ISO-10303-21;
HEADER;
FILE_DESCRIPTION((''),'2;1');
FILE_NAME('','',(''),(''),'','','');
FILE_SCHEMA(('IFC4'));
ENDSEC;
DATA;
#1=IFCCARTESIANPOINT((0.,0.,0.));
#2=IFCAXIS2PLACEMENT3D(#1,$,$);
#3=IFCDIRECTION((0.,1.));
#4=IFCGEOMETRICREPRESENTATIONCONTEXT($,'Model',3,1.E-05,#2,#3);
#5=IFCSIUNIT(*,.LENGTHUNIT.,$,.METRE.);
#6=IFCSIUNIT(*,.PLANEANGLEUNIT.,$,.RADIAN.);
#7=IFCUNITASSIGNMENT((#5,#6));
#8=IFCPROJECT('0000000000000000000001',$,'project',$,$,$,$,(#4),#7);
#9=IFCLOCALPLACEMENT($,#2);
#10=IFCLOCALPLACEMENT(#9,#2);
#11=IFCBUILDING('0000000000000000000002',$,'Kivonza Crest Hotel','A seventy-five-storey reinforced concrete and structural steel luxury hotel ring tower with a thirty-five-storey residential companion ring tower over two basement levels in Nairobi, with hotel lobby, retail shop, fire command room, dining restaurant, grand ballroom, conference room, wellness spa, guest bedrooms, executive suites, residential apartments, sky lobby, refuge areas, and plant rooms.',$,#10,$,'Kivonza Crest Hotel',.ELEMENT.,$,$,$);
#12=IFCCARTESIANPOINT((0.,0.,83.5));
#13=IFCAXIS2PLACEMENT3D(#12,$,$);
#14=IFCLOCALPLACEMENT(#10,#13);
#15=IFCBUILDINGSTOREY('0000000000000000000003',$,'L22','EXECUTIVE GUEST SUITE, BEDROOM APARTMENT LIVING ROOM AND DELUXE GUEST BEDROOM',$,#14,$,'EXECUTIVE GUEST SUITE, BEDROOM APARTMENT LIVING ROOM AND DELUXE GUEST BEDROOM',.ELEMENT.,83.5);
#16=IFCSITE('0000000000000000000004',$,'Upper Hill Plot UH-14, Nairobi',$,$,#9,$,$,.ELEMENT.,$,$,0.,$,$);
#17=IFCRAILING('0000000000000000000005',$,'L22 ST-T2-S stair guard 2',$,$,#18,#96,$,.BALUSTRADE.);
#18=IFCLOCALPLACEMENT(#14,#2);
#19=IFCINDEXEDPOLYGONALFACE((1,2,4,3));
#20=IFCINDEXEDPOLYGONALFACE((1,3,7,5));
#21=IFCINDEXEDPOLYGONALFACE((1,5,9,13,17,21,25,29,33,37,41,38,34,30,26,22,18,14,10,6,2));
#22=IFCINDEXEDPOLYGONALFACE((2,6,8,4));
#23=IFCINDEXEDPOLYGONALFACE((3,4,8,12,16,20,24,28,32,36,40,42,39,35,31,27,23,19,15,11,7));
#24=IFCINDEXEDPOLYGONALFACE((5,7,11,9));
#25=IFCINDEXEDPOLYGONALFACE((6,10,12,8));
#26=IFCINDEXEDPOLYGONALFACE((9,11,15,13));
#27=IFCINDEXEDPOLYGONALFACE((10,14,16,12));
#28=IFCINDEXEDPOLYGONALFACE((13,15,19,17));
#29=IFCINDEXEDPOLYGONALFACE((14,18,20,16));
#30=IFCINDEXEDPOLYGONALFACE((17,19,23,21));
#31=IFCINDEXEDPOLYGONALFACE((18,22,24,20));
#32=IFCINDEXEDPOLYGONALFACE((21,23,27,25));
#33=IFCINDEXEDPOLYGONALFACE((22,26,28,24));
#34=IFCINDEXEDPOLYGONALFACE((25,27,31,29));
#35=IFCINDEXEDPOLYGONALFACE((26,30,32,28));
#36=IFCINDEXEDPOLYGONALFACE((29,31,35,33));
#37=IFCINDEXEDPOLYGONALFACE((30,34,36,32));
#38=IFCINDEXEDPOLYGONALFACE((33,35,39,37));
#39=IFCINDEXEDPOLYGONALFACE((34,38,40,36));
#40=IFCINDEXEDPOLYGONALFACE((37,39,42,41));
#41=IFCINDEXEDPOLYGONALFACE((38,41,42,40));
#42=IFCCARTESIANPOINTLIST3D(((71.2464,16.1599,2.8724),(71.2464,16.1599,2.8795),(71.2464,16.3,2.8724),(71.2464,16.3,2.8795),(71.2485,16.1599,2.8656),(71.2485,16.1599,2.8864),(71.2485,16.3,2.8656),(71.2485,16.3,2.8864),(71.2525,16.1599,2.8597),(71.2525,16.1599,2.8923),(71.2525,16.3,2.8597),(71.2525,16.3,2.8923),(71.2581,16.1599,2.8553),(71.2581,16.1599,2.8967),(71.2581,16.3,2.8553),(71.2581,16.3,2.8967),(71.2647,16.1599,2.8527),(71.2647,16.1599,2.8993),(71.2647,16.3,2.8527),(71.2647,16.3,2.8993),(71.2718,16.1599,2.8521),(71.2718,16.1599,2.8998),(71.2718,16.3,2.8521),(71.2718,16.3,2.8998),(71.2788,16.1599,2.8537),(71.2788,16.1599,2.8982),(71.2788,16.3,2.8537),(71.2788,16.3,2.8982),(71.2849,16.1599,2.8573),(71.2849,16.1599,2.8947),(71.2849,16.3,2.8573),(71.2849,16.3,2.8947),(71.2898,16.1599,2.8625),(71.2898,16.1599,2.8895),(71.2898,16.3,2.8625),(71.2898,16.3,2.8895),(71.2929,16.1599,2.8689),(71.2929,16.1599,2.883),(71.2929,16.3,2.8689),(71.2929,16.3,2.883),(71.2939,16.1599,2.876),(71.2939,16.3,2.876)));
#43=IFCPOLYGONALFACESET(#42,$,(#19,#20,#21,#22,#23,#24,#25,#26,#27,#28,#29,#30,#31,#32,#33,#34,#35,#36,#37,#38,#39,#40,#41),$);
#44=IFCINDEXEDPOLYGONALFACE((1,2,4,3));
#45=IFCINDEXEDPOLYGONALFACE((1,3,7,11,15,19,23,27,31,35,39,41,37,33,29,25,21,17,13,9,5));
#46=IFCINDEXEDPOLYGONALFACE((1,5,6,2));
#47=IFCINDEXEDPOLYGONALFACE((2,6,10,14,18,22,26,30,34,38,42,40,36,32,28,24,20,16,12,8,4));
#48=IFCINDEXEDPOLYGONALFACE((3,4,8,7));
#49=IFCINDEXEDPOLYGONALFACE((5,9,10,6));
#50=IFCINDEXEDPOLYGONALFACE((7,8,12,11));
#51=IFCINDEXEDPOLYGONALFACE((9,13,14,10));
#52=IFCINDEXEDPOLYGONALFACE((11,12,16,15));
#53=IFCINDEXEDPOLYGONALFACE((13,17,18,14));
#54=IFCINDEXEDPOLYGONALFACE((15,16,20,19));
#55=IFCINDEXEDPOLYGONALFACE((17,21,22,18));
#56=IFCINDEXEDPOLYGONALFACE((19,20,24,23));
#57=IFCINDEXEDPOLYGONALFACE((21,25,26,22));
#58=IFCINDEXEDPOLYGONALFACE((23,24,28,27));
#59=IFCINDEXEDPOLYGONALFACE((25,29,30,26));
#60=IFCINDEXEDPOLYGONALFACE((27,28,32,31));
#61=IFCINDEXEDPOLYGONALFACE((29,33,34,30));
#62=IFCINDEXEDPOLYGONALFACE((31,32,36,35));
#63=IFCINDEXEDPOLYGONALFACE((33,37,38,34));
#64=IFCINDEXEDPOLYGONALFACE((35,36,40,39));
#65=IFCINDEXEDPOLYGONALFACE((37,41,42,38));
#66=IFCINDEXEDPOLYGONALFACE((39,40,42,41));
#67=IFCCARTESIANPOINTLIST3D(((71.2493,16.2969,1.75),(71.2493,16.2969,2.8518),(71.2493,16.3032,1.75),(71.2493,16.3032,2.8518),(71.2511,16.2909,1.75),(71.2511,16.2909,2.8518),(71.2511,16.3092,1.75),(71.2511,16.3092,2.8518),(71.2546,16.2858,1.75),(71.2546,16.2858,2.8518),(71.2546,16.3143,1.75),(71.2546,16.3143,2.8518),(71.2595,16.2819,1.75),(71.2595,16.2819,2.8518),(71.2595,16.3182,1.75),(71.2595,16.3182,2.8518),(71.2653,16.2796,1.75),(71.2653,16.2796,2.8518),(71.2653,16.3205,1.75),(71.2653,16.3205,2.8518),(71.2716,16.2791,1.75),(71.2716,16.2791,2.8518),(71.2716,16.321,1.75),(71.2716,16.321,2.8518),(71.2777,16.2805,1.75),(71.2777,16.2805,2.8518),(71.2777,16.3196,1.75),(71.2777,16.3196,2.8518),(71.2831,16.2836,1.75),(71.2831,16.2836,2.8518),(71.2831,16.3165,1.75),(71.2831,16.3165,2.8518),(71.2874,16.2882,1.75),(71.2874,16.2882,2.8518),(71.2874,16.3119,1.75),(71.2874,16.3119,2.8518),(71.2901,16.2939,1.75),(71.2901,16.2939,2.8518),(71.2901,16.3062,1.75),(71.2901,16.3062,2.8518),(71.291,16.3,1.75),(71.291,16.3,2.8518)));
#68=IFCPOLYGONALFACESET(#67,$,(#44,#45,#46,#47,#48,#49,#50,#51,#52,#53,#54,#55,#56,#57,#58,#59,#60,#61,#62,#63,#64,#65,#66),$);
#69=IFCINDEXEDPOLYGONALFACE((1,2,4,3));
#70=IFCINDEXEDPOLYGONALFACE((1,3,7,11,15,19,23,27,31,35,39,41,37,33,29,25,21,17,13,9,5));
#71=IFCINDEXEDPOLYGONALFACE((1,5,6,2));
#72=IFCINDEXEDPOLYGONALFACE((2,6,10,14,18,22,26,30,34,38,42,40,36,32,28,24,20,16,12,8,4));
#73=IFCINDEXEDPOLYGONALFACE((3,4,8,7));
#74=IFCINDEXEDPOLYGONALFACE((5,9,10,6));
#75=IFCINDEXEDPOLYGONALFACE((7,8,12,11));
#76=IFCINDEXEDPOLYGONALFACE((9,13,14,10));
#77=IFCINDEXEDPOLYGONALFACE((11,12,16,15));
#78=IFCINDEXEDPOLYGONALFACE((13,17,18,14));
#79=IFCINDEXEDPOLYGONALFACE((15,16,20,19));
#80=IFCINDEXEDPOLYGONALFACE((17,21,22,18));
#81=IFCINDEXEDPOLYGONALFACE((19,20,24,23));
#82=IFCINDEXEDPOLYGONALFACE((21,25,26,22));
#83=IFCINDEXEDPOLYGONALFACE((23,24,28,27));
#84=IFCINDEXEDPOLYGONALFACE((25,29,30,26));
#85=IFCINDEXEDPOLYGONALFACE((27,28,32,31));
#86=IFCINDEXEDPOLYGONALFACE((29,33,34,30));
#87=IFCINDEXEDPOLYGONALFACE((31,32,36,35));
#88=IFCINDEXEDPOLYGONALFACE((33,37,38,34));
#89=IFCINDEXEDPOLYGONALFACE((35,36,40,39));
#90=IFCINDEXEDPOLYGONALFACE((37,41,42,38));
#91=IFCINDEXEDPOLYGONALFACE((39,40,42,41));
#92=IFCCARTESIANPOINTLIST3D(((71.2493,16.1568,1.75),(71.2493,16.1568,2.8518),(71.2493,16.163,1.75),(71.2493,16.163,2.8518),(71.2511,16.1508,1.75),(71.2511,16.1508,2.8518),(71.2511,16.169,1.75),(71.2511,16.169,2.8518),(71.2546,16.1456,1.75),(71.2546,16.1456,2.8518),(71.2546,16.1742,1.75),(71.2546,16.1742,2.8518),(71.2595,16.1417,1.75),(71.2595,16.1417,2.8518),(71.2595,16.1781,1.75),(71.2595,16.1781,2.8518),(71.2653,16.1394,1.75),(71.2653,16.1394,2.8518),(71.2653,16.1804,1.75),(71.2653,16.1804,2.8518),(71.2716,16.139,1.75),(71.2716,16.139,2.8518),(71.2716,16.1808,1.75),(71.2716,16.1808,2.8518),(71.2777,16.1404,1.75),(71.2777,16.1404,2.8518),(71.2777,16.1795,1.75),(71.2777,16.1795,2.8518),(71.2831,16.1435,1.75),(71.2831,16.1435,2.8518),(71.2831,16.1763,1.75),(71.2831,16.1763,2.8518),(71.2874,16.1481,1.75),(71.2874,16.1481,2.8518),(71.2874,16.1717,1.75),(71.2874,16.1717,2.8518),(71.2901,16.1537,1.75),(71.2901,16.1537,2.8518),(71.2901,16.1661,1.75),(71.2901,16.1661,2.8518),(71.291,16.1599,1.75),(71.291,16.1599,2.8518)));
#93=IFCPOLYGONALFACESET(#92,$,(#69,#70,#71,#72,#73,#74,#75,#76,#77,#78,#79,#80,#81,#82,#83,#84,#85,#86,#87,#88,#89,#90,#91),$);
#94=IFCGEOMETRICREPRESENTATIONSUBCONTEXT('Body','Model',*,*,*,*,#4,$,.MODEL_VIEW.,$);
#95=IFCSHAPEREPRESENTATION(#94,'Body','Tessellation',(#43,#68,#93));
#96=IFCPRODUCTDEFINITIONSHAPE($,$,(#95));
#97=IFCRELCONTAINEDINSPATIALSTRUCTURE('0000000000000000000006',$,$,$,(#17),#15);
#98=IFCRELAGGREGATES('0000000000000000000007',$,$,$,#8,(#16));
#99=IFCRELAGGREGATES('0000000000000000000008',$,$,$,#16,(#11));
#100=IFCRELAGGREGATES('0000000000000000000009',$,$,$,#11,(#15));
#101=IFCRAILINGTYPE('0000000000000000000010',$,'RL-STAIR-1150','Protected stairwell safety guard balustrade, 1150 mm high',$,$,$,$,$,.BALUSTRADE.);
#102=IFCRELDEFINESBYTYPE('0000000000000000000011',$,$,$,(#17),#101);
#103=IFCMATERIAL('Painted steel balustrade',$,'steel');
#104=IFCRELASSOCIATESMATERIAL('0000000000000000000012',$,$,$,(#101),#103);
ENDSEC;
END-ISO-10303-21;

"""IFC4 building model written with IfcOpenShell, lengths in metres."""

from ifc_helpers import new_model, si_unit, direction, frame, origin, origin_2d, place, context, subcontext, project, spatial, circle, extrude, material, type_object, element, save


model = new_model("IFC4")

# Units and contexts
model_context = context("Model", 3, precision=1e-05, world=origin(), true_north=direction((0.0, 1.0)))
body_context = subcontext(model_context, "Body", "Model", "MODEL_VIEW")
ifc_project = project(units=[si_unit("LENGTHUNIT", "METRE"), si_unit("PLANEANGLEUNIT", "RADIAN")], contexts=[model_context])

# Site, building, storey
site_placement = place(None, origin())
site = spatial("IfcSite", under=ifc_project, at=site_placement, Name="Upper Hill Plot UH-14, Nairobi", CompositionType="ELEMENT", RefElevation=0.0)
building_placement = place(site_placement, origin())
building = spatial("IfcBuilding", under=site, at=building_placement, Name="Kivonza Crest Hotel", Description="A seventy-five-storey reinforced concrete and structural steel luxury hotel ring tower with a thirty-five-storey residential companion ring tower over two basement levels in Nairobi, with hotel lobby, retail shop, fire command room, dining restaurant, grand ballroom, conference room, wellness spa, guest bedrooms, executive suites, residential apartments, sky lobby, refuge areas, and plant rooms.", LongName="Kivonza Crest Hotel", CompositionType="ELEMENT")
storey_placement = place(building_placement, frame((0.0, 0.0, 83.5)))
storey = spatial("IfcBuildingStorey", under=building, at=storey_placement, Name="L22", Description="EXECUTIVE GUEST SUITE, BEDROOM APARTMENT LIVING ROOM AND DELUXE GUEST BEDROOM", LongName="EXECUTIVE GUEST SUITE, BEDROOM APARTMENT LIVING ROOM AND DELUXE GUEST BEDROOM", CompositionType="ELEMENT", Elevation=83.5)

# Railing
ifc_material_1 = material(Name="Painted steel balustrade", Category="steel")
railing_type_1 = type_object("IfcRailingType", Name="RL-STAIR-1150", Description="Protected stairwell safety guard balustrade, 1150 mm high", PredefinedType="BALUSTRADE", material=ifc_material_1)
railing_1_placement = place(storey_placement, frame((71.27, 16.3, 1.75)))
element("IfcRailing", 1, at=railing_1_placement, inside=storey, type_object=railing_type_1, Name="L22 ST-T2-S stair guard 2", PredefinedType="BALUSTRADE", context=body_context, shape_type="SweptSolid", body=[
    extrude(circle(Radius=0.0239, at=origin_2d()), frame((0.0, 0.0, 1.126), z_axis=(0.0, -1.0, 0.0), x_axis=(1.0, 0.0, 0.0)), (0.0, 0.0, 1.0), 0.1401),
    extrude(circle(Radius=0.021, at=origin_2d()), origin(), (0.0, 0.0, 1.0), 1.1018),
    extrude(circle(Radius=0.021, at=origin_2d()), frame((0.0, -0.1401, 0.0)), (0.0, 0.0, 1.0), 1.1018),
])

save(model, "model.ifc")
